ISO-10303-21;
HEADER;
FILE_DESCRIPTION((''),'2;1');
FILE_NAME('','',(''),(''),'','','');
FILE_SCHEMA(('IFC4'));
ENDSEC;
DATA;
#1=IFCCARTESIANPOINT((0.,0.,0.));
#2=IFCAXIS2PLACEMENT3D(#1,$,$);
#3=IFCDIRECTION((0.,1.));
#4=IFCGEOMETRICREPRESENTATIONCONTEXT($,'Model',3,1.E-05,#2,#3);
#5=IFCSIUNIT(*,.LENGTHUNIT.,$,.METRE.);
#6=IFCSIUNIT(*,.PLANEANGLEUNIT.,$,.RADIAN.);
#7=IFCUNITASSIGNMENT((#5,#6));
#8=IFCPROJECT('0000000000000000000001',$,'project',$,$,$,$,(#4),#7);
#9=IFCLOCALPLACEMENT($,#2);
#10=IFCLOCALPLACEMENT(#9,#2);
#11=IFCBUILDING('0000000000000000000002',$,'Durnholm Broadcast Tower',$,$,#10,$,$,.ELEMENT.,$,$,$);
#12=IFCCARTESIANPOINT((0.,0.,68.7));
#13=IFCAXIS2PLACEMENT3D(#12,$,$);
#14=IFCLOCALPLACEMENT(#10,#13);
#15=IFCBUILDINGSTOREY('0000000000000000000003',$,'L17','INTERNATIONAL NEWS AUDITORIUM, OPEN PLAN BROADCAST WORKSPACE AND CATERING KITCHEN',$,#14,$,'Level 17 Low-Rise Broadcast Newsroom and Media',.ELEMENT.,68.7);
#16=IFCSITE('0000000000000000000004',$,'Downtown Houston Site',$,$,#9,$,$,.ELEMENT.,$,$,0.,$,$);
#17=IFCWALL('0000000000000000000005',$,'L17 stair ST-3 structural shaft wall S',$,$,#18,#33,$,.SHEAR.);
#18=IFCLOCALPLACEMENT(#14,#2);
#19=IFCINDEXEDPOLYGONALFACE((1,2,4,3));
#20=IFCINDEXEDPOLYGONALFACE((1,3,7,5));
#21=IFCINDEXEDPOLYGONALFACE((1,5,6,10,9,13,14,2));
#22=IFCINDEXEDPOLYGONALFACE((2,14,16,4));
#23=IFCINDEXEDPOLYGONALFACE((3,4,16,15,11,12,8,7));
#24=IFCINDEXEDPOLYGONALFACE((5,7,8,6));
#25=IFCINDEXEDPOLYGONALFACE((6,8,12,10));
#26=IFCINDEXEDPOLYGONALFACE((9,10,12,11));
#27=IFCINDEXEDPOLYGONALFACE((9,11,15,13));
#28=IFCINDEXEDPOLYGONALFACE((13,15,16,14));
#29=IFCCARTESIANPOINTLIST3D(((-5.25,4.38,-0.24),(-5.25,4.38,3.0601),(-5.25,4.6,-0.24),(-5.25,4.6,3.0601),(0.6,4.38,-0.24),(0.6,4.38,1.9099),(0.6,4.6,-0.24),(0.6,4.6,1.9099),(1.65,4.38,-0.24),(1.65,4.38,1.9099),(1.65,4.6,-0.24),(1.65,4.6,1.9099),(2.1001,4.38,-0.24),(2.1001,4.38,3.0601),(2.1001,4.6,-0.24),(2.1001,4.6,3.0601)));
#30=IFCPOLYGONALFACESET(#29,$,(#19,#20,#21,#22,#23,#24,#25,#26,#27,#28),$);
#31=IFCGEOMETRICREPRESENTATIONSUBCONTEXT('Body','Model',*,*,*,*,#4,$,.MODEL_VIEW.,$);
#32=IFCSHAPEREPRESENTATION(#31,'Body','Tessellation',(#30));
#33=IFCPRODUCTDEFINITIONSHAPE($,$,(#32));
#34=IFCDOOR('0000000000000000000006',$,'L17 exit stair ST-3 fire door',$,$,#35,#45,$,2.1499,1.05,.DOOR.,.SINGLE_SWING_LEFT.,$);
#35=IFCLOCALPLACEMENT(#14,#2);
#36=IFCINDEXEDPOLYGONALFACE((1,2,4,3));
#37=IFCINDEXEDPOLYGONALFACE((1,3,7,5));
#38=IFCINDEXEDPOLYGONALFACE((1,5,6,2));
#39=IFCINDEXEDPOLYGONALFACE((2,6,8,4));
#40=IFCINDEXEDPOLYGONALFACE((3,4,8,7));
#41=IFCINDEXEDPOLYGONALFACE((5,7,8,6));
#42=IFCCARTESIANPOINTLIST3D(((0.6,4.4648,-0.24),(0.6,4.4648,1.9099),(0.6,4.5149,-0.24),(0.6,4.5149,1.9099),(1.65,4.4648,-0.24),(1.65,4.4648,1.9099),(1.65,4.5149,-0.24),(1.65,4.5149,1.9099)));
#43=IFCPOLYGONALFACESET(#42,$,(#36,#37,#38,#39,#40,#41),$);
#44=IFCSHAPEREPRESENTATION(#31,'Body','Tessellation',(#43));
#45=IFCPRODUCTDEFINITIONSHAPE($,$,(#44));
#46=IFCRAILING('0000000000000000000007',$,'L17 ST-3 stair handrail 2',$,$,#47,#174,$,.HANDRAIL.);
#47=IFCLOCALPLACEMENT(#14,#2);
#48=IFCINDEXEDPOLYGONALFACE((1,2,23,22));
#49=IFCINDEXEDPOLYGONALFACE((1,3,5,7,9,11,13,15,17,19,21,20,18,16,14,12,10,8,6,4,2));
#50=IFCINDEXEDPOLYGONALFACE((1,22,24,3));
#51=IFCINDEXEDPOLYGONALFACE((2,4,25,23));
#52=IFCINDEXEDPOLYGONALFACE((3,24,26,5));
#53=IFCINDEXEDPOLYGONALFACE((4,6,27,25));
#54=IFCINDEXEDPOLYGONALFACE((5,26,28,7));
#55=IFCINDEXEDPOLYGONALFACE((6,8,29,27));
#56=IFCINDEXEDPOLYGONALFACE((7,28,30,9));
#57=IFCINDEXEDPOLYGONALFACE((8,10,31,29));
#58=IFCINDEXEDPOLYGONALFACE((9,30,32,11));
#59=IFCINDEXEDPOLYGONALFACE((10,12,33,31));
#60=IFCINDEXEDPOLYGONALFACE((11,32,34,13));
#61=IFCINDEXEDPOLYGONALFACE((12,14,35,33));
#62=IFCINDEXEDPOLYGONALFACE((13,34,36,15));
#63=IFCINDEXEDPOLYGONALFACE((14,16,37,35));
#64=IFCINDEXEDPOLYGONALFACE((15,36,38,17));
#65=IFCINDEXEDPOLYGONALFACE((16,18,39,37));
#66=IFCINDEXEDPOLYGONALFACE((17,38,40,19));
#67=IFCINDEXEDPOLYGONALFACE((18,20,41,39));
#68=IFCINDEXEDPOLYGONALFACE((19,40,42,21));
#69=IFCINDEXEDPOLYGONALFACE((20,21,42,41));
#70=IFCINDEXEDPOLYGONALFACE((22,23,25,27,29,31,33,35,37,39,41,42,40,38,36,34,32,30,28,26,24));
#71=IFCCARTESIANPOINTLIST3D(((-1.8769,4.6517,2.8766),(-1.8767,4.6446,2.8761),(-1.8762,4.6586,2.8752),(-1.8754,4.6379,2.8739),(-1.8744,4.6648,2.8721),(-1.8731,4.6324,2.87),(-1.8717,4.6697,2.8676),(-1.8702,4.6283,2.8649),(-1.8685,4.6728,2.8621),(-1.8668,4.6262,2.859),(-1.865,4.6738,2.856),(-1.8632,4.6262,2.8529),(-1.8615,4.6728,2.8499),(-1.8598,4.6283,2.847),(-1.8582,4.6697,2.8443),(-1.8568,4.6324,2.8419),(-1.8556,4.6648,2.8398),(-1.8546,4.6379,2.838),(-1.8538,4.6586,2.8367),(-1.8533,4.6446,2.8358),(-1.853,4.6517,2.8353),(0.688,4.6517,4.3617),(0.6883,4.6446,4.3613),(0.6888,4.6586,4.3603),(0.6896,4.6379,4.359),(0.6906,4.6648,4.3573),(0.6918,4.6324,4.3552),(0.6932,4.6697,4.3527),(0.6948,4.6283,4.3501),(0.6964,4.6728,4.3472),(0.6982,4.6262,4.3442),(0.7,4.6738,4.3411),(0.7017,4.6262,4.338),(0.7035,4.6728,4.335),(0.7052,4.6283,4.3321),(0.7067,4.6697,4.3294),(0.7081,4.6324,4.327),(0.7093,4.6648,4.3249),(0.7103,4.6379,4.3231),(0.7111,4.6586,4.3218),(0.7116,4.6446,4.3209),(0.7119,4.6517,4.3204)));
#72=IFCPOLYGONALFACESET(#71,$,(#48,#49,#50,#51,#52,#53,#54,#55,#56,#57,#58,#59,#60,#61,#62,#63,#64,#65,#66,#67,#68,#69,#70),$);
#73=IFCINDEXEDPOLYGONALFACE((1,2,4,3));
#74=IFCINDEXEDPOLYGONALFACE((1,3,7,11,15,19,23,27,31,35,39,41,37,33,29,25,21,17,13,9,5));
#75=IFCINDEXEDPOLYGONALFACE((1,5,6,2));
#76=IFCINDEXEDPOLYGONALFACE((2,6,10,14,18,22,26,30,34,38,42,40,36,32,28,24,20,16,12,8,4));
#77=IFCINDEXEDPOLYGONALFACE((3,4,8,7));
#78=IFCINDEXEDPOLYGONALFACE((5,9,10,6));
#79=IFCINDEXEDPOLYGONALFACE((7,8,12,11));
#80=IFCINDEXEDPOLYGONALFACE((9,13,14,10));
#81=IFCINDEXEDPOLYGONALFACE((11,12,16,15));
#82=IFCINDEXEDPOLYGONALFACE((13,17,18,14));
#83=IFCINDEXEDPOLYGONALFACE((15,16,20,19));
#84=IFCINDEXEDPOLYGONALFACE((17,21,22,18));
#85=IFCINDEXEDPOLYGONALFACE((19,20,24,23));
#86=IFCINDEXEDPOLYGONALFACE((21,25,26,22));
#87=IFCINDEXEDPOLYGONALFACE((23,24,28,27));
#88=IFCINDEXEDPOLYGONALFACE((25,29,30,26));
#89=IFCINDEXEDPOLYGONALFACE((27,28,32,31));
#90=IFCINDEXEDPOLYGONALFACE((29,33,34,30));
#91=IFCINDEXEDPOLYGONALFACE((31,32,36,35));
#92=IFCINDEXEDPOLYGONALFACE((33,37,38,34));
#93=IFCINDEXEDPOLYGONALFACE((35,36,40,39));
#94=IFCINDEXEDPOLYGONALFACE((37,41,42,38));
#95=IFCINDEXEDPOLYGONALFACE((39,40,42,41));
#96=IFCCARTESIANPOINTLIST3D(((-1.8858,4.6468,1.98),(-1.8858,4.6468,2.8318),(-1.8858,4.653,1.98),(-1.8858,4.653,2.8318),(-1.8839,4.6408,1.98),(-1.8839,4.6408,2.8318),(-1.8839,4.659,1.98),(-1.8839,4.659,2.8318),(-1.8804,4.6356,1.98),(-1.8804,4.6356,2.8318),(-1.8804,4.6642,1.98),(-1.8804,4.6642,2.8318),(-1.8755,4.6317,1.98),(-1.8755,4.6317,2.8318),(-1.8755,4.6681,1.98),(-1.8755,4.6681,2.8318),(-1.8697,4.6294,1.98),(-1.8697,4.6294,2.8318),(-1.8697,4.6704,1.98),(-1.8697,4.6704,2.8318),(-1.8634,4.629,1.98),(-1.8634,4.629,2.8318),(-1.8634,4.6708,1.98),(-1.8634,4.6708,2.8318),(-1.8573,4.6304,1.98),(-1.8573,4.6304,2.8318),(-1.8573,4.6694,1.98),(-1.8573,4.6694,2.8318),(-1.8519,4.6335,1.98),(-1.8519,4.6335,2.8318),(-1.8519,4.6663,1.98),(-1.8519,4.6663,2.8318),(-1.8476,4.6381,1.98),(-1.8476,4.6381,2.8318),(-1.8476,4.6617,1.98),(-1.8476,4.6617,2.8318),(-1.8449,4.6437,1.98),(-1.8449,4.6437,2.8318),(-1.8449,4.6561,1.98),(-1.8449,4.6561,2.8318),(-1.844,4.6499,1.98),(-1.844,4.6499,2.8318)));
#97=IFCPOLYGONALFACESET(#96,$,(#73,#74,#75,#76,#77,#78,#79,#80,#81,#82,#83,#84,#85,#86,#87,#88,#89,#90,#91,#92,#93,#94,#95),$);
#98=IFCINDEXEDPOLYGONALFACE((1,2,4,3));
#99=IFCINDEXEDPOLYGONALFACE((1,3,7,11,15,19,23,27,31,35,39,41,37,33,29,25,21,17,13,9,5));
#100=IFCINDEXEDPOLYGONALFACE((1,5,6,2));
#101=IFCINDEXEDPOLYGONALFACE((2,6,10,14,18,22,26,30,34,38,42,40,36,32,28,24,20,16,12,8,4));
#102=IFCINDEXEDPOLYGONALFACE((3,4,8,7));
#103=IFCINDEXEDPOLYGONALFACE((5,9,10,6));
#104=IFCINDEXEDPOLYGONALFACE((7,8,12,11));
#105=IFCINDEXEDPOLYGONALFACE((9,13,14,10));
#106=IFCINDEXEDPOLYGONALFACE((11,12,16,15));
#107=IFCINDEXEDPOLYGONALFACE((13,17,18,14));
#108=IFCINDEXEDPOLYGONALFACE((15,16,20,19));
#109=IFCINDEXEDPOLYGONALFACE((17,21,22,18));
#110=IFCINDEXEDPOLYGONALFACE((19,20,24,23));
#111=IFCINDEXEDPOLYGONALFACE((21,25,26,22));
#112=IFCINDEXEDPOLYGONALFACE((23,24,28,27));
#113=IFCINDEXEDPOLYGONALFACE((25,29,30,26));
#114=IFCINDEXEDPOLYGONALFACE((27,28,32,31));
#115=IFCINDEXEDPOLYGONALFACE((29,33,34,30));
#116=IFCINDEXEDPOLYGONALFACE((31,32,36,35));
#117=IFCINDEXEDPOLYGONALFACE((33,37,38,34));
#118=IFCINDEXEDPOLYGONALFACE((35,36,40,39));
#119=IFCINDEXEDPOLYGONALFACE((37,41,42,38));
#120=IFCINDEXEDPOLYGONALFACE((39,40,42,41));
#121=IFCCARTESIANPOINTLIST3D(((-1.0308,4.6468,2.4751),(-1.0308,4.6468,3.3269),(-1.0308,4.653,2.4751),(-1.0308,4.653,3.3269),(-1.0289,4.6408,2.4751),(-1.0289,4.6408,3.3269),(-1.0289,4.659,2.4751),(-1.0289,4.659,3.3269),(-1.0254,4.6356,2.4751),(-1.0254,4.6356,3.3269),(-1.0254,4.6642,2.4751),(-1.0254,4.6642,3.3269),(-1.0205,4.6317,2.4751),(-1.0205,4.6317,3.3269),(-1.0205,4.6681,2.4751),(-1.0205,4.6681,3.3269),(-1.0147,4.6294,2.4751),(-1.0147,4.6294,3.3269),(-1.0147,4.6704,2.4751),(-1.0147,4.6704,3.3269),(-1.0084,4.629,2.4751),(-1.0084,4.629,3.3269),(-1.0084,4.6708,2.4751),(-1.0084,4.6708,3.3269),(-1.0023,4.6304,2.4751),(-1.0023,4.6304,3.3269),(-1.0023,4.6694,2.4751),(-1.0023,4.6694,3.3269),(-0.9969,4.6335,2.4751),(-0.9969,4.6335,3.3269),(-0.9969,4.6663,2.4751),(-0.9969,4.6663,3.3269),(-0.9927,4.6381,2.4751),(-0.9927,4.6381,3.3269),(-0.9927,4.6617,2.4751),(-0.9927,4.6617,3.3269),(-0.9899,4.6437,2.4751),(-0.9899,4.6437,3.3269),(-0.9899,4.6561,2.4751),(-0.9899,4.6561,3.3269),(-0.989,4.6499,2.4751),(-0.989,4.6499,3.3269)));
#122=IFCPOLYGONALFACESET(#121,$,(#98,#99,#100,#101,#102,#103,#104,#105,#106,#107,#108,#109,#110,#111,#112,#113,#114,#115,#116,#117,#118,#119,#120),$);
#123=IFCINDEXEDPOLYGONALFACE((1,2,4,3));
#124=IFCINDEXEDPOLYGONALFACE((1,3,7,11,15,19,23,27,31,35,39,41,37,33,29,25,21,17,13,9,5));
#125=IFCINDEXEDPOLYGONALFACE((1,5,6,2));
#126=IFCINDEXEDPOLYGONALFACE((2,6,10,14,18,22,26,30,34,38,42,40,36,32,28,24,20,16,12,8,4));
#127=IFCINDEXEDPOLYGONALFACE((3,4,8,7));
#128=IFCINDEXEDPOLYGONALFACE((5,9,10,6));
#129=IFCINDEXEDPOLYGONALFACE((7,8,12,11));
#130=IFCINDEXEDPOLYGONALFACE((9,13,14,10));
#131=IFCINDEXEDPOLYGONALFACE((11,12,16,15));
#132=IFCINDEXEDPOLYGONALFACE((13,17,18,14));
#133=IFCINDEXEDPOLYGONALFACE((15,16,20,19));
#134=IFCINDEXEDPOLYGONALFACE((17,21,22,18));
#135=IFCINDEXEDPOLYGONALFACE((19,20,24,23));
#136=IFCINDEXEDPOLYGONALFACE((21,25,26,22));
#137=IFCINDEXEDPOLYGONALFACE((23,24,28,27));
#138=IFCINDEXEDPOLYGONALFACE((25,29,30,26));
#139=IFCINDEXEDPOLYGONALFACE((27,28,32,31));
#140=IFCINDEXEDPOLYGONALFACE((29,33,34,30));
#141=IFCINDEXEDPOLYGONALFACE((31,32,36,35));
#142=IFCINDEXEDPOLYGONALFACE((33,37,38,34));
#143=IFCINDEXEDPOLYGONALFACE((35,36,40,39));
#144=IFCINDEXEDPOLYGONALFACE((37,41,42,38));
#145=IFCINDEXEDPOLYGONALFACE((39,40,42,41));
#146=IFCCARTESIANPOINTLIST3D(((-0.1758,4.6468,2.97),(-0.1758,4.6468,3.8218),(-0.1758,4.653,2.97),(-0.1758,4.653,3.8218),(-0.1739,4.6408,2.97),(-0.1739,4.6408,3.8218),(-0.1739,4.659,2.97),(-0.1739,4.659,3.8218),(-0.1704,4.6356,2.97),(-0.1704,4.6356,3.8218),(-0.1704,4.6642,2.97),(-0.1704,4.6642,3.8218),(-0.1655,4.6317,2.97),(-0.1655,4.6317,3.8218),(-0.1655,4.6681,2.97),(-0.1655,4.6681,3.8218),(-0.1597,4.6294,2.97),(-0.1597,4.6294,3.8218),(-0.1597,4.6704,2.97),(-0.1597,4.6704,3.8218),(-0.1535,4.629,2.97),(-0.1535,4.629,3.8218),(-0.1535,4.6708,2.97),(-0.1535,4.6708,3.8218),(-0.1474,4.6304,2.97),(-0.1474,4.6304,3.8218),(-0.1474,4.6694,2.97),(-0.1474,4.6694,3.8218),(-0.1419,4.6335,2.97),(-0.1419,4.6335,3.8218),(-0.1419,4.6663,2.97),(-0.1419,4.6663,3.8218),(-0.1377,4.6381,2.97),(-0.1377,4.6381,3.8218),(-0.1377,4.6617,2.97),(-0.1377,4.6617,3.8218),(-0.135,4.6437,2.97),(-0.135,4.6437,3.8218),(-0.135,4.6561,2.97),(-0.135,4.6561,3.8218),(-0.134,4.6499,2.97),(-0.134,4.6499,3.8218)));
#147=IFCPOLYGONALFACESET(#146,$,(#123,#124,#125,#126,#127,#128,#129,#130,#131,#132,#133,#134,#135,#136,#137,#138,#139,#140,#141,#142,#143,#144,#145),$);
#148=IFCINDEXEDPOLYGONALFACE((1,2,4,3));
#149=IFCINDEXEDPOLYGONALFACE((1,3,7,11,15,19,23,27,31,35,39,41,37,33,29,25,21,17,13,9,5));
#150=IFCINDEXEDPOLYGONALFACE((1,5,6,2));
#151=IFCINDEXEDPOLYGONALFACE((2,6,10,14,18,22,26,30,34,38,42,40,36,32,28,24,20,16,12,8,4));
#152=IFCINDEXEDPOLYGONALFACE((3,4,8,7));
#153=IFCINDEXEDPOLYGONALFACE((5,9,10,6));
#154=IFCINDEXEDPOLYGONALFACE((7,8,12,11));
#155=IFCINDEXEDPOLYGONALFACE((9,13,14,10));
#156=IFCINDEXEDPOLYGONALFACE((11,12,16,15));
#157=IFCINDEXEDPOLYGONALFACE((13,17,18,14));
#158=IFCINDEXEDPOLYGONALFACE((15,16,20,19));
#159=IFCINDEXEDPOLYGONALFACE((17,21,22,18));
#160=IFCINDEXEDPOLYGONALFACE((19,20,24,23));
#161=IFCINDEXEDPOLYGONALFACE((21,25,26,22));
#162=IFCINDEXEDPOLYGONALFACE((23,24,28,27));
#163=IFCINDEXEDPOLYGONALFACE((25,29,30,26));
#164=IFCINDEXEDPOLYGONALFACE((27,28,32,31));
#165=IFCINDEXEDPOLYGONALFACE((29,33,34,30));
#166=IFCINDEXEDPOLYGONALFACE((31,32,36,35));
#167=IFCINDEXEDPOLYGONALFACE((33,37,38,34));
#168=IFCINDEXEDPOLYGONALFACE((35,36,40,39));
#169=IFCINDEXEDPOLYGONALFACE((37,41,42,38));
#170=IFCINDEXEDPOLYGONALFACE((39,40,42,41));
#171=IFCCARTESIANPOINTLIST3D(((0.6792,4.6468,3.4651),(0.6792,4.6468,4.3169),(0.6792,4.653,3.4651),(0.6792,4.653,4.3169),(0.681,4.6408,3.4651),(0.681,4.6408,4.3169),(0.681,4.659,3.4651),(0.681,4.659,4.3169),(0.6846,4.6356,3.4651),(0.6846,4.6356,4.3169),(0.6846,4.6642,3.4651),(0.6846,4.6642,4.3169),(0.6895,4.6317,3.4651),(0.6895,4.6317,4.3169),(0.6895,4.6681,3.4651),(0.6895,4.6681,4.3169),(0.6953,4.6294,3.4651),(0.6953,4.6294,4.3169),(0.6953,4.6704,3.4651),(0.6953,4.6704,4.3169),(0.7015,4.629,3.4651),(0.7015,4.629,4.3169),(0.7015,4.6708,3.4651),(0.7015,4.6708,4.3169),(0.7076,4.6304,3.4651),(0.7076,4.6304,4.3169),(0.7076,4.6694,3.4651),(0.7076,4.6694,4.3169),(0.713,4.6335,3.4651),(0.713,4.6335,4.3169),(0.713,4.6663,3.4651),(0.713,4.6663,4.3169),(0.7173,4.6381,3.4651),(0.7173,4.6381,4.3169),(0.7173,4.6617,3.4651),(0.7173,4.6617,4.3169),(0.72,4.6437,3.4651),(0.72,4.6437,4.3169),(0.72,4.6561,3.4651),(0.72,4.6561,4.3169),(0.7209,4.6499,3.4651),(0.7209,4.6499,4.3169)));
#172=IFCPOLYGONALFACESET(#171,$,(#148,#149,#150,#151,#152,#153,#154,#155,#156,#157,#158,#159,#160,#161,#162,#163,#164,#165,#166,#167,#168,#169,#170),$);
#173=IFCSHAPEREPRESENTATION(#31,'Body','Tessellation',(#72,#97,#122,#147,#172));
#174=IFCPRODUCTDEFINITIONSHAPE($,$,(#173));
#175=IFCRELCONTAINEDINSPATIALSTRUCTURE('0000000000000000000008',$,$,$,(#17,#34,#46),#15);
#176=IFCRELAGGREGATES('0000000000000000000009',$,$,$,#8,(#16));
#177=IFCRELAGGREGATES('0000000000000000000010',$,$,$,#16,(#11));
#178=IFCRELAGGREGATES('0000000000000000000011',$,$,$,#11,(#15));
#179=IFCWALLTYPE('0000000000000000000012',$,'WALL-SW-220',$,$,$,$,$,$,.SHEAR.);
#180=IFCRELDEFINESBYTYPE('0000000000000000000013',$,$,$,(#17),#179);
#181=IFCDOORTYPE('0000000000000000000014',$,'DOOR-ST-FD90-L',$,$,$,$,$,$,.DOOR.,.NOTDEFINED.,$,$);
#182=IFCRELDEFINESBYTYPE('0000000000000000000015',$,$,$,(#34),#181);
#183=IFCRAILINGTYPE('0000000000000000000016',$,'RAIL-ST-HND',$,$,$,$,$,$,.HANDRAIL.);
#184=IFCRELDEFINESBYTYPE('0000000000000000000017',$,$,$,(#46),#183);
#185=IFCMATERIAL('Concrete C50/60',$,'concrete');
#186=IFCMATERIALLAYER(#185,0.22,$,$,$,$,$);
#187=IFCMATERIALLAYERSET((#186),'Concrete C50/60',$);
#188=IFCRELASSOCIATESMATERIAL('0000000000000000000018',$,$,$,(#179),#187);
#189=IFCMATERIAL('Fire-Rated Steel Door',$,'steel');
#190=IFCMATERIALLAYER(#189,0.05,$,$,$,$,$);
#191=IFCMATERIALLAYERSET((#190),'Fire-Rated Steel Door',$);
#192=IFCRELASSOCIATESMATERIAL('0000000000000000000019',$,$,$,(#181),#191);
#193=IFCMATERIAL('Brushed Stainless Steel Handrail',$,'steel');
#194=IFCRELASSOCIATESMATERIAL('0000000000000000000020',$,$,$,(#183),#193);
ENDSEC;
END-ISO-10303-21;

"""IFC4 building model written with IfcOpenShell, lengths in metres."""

from ifc_helpers import new_model, si_unit, direction, frame, frame_2d, origin, origin_2d, place, context, subcontext, project, spatial, rectangle, circle, extrude, source, transform, mapped, material, layer, layer_set, type_object, type_shapes, element, fill, save


model = new_model("IFC4")

# Units and contexts
model_context = context("Model", 3, precision=1e-05, world=origin(), true_north=direction((0.0, 1.0)))
body_context = subcontext(model_context, "Body", "Model", "MODEL_VIEW")
ifc_project = project(units=[si_unit("LENGTHUNIT", "METRE"), si_unit("PLANEANGLEUNIT", "RADIAN")], contexts=[model_context])

# Site, building, storey
site_placement = place(None, origin())
site = spatial("IfcSite", under=ifc_project, at=site_placement, Name="Downtown Houston Site", CompositionType="ELEMENT", RefElevation=0.0)
building_placement = place(site_placement, origin())
building = spatial("IfcBuilding", under=site, at=building_placement, Name="Durnholm Broadcast Tower", CompositionType="ELEMENT")
storey_placement = place(building_placement, frame((0.0, 0.0, 68.7)))
storey = spatial("IfcBuildingStorey", under=building, at=storey_placement, Name="L17", Description="INTERNATIONAL NEWS AUDITORIUM, OPEN PLAN BROADCAST WORKSPACE AND CATERING KITCHEN", LongName="Level 17 Low-Rise Broadcast Newsroom and Media", CompositionType="ELEMENT", Elevation=68.7)

# Shared definitions
ifc_material_1 = material(Name="Concrete C50/60", Category="concrete")

# Shared definitions
ifc_layer_1 = layer(ifc_material_1, 0.22)
ifc_layer_set_1 = layer_set([ifc_layer_1], Name="Concrete C50/60")
wall_type_1 = type_object("IfcWallType", Name="WALL-SW-220", PredefinedType="SHEAR", material=ifc_layer_set_1)

# Wall, opening, door
wall_1_placement = place(storey_placement, frame((-5.25, 4.49, -0.24), z_axis=(0.0, 0.0, 1.0), x_axis=(1.0, 0.0, 0.0)))
wall_1 = element("IfcWall", 1, at=wall_1_placement, inside=storey, type_object=wall_type_1, Name="L17 stair ST-3 structural shaft wall S", PredefinedType="SHEAR", context=body_context, shape_type="SweptSolid", body=[
    extrude(rectangle(XDim=7.3501, YDim=0.22, at=frame_2d((3.675, 0.0))), origin(), (0.0, 0.0, 1.0), 3.3),
])
opening_1_placement = place(wall_1_placement, frame((5.8501, 0.0, 0.0)))
opening_1 = element("IfcOpeningElement", 2, at=opening_1_placement, cuts=wall_1, PredefinedType="OPENING", context=body_context, shape_type="SweptSolid", body=[
    extrude(rectangle(XDim=1.05, YDim=2.1499, at=frame_2d((0.5249, 1.075))), frame((0.0, 0.1201, 0.0), z_axis=(0.0, -1.0, 0.0), x_axis=(1.0, 0.0, 0.0)), (0.0, 0.0, 1.0), 0.24),
])
ifc_material_2 = material(Name="Fire-Rated Steel Door", Category="steel")
ifc_layer_2 = layer(ifc_material_2, 0.05)
ifc_layer_set_2 = layer_set([ifc_layer_2], Name="Fire-Rated Steel Door")
door_type_1 = type_object("IfcDoorType", Name="DOOR-ST-FD90-L", OperationType="NOTDEFINED", PredefinedType="DOOR", material=ifc_layer_set_2)
shared_shape_1 = source(origin(), body_context, "Body", "SweptSolid", [
    extrude(rectangle(XDim=1.05, YDim=2.1499, at=frame_2d((0.5249, 1.075))), frame((0.0, 0.0249, 0.0), z_axis=(0.0, -1.0, 0.0), x_axis=(1.0, 0.0, 0.0)), (0.0, 0.0, 1.0), 0.05),
])
type_shapes(door_type_1, [shared_shape_1])
door_1_placement = place(opening_1_placement, origin())
door_1 = element("IfcDoor", 3, at=door_1_placement, inside=storey, type_object=door_type_1, Name="L17 exit stair ST-3 fire door", OperationType="SINGLE_SWING_LEFT", OverallHeight=2.1499, OverallWidth=1.05, PredefinedType="DOOR", context=body_context, shape_type="MappedRepresentation", body=[
    mapped(shared_shape_1, transform((0.0, 0.0, 0.0), x_axis=(1.0, 0.0, 0.0), y_axis=(0.0, 1.0, 0.0), z_axis=(0.0, 0.0, 1.0), scale=1.0)),
])
fill(opening_1, door_1)

# Railing
ifc_material_3 = material(Name="Brushed Stainless Steel Handrail", Category="steel")
railing_type = type_object("IfcRailingType", Name="RAIL-ST-HND", PredefinedType="HANDRAIL", material=ifc_material_3)
railing_placement = place(storey_placement, frame((-1.865, 4.6499, 1.98)))
element("IfcRailing", 4, at=railing_placement, inside=storey, type_object=railing_type, Name="L17 ST-3 stair handrail 2", PredefinedType="HANDRAIL", context=body_context, shape_type="SweptSolid", body=[
    extrude(circle(Radius=0.0239, at=origin_2d()), frame((0.0, 0.0, 0.876), z_axis=(0.865406, 0.0, 0.501072), x_axis=(0.0, 1.0, 0.0)), (0.0, 0.0, 1.0), 2.9639),
    extrude(circle(Radius=0.021, at=origin_2d()), origin(), (0.0, 0.0, 1.0), 0.8518),
    extrude(circle(Radius=0.021, at=origin_2d()), frame((0.855, 0.0, 0.4951)), (0.0, 0.0, 1.0), 0.8518),
    extrude(circle(Radius=0.021, at=origin_2d()), frame((1.71, 0.0, 0.99)), (0.0, 0.0, 1.0), 0.8518),
    extrude(circle(Radius=0.021, at=origin_2d()), frame((2.5649, 0.0, 1.4851)), (0.0, 0.0, 1.0), 0.8518),
])

save(model, "model.ifc")
